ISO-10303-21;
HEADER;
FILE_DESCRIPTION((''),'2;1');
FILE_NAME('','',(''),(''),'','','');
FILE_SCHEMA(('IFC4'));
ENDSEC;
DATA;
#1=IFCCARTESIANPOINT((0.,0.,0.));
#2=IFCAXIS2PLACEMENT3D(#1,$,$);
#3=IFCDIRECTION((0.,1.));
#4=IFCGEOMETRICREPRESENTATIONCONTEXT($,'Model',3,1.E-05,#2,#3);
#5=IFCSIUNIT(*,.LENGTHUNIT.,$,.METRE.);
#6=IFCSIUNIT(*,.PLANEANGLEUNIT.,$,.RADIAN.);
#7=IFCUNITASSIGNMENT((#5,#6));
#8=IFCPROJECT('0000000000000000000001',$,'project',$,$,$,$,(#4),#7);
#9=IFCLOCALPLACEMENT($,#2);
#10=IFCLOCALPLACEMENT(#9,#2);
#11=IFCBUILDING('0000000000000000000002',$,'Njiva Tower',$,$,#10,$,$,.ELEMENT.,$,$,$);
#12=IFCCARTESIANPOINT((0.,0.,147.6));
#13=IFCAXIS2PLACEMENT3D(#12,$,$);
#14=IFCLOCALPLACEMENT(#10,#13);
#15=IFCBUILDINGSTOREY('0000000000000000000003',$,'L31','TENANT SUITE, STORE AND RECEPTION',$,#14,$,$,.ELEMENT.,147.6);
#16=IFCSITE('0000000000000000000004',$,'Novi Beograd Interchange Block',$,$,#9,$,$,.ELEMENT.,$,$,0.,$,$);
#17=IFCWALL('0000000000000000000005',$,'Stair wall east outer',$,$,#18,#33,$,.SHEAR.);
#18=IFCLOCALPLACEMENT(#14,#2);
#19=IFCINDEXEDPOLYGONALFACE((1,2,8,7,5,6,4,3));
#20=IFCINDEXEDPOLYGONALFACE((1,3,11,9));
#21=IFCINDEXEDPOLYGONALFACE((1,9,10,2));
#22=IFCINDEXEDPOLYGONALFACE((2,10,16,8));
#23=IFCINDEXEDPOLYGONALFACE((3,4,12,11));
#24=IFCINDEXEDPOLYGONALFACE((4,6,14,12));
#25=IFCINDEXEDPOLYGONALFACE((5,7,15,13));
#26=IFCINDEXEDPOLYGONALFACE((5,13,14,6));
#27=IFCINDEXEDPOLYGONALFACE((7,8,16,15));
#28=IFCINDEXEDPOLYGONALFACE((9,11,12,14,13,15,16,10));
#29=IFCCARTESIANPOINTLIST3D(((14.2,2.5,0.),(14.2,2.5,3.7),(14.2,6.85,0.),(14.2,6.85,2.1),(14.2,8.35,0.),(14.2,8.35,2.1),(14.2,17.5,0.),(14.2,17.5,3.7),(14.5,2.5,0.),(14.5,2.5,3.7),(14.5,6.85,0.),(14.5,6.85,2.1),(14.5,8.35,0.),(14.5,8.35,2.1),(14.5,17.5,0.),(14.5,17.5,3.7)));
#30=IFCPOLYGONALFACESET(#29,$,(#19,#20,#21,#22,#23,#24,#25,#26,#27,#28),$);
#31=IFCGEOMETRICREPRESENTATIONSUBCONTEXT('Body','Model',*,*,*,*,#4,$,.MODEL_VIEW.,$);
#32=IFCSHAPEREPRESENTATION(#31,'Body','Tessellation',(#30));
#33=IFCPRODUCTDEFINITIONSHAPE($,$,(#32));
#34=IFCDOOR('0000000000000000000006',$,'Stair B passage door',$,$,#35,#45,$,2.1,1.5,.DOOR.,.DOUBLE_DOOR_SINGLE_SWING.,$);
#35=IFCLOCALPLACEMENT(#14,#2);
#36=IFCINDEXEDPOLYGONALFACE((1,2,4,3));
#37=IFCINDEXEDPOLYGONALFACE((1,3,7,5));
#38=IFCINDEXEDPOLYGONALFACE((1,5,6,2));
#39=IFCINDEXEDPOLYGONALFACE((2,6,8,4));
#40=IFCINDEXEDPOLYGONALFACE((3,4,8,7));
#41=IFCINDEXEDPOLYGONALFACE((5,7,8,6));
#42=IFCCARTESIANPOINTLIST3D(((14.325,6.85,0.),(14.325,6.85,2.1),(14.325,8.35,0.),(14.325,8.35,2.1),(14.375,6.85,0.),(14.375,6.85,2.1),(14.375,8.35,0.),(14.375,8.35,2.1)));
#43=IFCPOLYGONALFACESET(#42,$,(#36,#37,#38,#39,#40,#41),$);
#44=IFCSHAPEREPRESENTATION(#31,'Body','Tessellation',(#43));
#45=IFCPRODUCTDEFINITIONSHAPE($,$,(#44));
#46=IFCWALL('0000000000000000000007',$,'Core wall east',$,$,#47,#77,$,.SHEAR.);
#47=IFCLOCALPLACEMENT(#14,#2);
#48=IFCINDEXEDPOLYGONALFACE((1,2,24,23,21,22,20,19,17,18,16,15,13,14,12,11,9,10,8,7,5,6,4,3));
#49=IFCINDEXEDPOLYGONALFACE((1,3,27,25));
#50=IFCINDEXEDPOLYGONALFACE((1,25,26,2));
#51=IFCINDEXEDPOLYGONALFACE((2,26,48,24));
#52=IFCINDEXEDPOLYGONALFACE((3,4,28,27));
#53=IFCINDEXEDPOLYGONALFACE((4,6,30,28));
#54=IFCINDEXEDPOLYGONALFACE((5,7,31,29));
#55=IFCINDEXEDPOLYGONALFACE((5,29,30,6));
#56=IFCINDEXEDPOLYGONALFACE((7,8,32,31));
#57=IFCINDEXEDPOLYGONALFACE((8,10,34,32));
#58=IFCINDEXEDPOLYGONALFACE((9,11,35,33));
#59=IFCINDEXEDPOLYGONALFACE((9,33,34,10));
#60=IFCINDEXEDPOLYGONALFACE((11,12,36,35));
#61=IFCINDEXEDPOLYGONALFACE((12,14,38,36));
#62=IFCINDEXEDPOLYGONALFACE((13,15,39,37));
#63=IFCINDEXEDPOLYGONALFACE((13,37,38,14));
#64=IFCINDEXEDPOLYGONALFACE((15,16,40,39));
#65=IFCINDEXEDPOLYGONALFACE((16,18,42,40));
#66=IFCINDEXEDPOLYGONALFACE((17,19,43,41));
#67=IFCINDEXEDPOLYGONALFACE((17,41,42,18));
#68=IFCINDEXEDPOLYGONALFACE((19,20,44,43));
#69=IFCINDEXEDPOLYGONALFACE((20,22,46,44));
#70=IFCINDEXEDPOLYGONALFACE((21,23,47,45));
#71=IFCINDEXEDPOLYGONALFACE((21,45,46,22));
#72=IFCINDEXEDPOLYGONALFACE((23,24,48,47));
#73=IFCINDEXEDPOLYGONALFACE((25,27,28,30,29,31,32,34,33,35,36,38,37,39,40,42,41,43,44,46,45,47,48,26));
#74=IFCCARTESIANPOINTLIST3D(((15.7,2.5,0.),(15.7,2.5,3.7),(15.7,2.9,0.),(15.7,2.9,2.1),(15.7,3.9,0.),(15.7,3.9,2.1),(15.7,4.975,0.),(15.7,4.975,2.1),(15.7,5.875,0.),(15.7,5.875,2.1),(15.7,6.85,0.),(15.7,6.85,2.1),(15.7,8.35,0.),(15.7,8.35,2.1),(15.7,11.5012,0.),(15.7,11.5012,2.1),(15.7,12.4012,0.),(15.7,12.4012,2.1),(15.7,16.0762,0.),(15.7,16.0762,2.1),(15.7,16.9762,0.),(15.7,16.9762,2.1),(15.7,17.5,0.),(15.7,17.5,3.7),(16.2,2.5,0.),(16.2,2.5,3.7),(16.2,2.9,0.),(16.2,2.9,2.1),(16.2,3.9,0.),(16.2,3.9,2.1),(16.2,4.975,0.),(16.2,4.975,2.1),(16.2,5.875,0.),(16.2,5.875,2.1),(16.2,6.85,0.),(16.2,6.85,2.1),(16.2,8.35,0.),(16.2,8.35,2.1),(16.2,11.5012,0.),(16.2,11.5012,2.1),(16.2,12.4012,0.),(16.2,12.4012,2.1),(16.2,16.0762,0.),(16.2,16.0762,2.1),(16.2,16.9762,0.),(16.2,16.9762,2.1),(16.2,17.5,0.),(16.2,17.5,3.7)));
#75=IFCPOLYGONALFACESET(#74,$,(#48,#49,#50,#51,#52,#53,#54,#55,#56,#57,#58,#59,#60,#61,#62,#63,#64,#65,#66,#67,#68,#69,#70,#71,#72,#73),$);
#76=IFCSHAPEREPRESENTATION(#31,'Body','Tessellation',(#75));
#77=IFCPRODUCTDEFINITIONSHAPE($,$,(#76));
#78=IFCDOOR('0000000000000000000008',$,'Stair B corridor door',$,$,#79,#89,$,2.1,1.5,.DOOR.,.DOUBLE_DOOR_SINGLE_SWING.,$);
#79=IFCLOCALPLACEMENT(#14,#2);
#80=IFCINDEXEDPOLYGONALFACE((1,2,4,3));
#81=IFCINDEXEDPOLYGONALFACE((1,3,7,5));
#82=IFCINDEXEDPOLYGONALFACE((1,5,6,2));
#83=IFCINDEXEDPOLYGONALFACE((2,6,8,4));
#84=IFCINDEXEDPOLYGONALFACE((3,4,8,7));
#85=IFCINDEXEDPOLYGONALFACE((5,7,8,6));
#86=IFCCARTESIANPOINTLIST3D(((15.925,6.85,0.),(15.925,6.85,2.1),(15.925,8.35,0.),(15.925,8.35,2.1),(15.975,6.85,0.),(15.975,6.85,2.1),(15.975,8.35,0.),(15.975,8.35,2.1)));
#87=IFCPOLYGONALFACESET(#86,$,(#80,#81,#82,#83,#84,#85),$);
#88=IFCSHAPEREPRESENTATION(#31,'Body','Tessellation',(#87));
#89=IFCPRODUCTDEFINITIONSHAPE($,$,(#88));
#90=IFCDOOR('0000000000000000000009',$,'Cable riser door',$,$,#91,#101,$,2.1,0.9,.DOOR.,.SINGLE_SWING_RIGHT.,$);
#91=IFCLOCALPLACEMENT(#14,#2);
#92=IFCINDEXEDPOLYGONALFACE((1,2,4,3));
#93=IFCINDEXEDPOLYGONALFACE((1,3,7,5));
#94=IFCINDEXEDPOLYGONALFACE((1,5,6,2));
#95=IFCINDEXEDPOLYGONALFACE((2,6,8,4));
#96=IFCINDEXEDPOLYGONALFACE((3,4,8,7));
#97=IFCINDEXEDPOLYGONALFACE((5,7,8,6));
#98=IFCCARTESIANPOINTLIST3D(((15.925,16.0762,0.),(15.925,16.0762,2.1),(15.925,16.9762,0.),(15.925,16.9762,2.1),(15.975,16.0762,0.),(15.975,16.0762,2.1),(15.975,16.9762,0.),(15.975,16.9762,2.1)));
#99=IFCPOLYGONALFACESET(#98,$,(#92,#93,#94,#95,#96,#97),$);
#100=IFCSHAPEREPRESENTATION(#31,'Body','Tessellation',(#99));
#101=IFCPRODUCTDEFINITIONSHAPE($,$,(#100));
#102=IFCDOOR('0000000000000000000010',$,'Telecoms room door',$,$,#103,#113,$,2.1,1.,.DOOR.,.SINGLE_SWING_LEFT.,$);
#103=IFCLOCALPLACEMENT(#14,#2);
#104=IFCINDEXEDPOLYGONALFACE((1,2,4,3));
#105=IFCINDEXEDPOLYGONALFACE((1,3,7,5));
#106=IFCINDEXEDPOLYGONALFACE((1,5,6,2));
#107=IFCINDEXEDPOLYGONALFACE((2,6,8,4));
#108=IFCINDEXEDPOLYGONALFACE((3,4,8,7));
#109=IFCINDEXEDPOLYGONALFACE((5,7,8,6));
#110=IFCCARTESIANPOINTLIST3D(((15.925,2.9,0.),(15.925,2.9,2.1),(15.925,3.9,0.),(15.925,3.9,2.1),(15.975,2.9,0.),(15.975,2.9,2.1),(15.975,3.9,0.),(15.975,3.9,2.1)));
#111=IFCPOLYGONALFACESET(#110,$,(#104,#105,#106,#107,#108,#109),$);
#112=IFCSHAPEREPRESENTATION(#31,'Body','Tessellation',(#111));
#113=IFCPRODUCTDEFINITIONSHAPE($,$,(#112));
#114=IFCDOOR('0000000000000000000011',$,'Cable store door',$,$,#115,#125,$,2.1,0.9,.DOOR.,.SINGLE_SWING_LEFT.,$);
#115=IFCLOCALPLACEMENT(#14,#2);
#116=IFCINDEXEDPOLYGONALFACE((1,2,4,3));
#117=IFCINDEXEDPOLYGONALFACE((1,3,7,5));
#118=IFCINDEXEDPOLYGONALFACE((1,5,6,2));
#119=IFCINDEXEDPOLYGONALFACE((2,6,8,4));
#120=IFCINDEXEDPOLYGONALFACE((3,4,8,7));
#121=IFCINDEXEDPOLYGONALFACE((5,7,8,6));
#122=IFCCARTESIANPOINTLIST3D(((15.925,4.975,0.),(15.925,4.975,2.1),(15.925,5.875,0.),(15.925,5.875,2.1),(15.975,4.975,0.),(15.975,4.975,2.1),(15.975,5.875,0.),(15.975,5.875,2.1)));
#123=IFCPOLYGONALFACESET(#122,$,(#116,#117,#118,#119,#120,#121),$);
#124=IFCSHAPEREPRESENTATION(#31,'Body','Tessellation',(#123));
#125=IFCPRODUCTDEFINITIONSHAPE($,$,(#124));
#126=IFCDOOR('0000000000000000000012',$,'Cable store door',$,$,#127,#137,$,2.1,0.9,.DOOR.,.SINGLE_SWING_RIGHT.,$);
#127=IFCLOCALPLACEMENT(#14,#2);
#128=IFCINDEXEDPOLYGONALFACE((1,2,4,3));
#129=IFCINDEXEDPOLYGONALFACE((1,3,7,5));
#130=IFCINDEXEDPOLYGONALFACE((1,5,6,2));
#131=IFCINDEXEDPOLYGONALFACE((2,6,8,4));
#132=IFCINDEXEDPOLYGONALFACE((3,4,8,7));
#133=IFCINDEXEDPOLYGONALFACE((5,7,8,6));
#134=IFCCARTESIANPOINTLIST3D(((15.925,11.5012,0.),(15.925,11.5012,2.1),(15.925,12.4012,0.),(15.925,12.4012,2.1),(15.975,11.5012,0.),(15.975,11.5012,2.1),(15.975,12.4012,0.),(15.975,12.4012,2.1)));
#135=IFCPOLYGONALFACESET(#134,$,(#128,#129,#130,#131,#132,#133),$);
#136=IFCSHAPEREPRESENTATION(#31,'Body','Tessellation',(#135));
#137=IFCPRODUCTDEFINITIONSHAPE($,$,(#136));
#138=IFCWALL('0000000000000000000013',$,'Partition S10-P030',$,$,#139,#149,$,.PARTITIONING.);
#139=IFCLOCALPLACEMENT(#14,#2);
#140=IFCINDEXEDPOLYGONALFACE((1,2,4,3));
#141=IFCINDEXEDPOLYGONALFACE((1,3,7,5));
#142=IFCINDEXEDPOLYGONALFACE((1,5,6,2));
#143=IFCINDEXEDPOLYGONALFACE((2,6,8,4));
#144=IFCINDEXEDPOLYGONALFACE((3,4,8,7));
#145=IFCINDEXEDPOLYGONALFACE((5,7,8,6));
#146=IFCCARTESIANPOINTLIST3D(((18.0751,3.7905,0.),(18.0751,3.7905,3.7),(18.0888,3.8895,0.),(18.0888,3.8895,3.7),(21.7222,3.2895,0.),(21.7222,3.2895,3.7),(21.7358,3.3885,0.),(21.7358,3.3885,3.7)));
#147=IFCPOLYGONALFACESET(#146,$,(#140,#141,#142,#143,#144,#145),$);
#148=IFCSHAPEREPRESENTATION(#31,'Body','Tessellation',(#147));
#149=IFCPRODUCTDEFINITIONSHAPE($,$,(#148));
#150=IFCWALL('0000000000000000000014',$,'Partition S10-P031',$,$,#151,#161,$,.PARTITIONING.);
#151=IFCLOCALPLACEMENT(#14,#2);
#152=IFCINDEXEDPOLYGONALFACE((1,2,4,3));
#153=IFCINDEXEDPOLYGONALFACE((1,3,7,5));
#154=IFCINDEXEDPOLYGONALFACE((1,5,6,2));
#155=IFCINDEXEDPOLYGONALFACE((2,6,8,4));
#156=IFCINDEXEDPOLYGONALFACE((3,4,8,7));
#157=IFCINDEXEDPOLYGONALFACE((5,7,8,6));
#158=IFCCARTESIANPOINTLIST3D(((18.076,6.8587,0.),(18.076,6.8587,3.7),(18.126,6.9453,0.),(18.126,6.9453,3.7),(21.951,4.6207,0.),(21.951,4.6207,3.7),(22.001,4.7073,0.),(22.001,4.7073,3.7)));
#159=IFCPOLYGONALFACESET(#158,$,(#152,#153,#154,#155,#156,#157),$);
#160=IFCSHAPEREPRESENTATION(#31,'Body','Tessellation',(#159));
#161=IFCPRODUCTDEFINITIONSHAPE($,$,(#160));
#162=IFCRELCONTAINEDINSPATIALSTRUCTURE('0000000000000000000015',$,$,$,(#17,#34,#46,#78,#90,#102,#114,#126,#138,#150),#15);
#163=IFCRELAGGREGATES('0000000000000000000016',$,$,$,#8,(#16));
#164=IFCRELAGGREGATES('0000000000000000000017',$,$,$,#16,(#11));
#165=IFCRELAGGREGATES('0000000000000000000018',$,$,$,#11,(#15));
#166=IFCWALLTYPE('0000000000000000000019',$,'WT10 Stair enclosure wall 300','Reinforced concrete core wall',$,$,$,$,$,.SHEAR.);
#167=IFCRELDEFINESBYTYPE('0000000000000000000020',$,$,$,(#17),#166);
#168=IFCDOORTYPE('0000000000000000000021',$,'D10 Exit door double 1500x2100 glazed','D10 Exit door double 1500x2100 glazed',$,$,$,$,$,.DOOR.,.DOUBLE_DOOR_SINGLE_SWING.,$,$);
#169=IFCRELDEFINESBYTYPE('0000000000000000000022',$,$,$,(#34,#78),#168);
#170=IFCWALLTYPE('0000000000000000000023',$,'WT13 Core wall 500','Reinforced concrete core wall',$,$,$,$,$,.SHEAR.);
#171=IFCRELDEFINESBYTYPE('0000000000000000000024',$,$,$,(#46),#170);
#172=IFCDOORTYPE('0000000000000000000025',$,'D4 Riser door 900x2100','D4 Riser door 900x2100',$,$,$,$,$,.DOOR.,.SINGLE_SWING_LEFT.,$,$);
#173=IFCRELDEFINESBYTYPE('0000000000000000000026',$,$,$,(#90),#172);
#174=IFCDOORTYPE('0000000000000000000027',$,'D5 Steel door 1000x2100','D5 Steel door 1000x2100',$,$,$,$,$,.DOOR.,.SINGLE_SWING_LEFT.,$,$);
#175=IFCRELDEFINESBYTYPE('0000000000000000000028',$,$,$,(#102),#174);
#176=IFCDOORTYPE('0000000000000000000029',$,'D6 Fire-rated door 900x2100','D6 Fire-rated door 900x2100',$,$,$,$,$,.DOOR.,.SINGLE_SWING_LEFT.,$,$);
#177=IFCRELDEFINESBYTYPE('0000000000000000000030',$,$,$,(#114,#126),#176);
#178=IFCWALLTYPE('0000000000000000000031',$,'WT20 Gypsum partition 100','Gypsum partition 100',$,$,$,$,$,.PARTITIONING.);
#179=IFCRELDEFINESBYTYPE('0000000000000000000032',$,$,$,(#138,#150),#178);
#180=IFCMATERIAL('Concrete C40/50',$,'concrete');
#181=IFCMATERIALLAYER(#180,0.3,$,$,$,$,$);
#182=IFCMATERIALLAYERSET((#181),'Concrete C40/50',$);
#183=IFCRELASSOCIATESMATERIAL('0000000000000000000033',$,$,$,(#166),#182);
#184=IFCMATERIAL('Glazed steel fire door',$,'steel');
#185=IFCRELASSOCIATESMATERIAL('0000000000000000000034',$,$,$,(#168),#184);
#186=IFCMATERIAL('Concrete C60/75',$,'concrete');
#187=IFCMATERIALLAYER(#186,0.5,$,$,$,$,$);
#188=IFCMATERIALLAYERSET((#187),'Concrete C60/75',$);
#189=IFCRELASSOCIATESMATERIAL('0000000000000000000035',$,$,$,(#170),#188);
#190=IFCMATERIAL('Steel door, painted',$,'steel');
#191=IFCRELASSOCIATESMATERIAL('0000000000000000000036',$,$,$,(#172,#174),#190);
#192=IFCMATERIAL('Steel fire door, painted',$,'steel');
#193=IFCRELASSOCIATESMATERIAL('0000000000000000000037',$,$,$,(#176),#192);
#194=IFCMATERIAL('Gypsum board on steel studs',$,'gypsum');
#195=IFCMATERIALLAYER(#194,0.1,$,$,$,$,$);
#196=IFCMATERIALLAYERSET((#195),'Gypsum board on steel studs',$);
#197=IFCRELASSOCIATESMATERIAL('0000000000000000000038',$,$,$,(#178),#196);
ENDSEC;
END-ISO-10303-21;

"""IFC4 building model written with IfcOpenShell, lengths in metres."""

from ifc_helpers import new_model, si_unit, direction, frame, frame_2d, origin, place, context, subcontext, project, spatial, rectangle, extrude, material, layer, layer_set, type_object, element, fill, save


model = new_model("IFC4")

# Units and contexts
model_context = context("Model", 3, precision=1e-05, world=origin(), true_north=direction((0.0, 1.0)))
body_context = subcontext(model_context, "Body", "Model", "MODEL_VIEW")
ifc_project = project(units=[si_unit("LENGTHUNIT", "METRE"), si_unit("PLANEANGLEUNIT", "RADIAN")], contexts=[model_context])

# Site, building, storey
site_placement = place(None, origin())
site = spatial("IfcSite", under=ifc_project, at=site_placement, Name="Novi Beograd Interchange Block", CompositionType="ELEMENT", RefElevation=0.0)
building_placement = place(site_placement, origin())
building = spatial("IfcBuilding", under=site, at=building_placement, Name="Njiva Tower", CompositionType="ELEMENT")
storey_placement = place(building_placement, frame((0.0, 0.0, 147.6)))
storey = spatial("IfcBuildingStorey", under=building, at=storey_placement, Name="L31", Description="TENANT SUITE, STORE AND RECEPTION", CompositionType="ELEMENT", Elevation=147.6)

# Wall, opening, door
ifc_material_1 = material(Name="Concrete C40/50", Category="concrete")
ifc_layer_1 = layer(ifc_material_1, 0.3)
ifc_layer_set_1 = layer_set([ifc_layer_1], Name="Concrete C40/50")
wall_type_1 = type_object("IfcWallType", Name="WT10 Stair enclosure wall 300", Description="Reinforced concrete core wall", PredefinedType="SHEAR", material=ifc_layer_set_1)
wall_1_placement = place(storey_placement, frame((14.35, 2.5, 0.0), z_axis=(0.0, 0.0, 1.0), x_axis=(0.0, 1.0, 0.0)))
wall_1 = element("IfcWall", 1, at=wall_1_placement, inside=storey, type_object=wall_type_1, Name="Stair wall east outer", PredefinedType="SHEAR", context=body_context, shape_type="SweptSolid", body=[
    extrude(rectangle(XDim=15.0, YDim=0.3, at=frame_2d((7.5, 0.0))), origin(), (0.0, 0.0, 1.0), 3.7),
])
opening_1_placement = place(wall_1_placement, frame((4.35, 0.0, 0.0)))
opening_1 = element("IfcOpeningElement", 2, at=opening_1_placement, cuts=wall_1, PredefinedType="OPENING", context=body_context, shape_type="SweptSolid", body=[
    extrude(rectangle(XDim=1.5, YDim=2.1, at=frame_2d((0.75, 1.05))), frame((0.0, 0.16, 0.0), z_axis=(0.0, -1.0, 0.0), x_axis=(1.0, 0.0, 0.0)), (0.0, 0.0, 1.0), 0.32),
])
ifc_material_2 = material(Name="Glazed steel fire door", Category="steel")
door_type_1 = type_object("IfcDoorType", Name="D10 Exit door double 1500x2100 glazed", Description="D10 Exit door double 1500x2100 glazed", OperationType="DOUBLE_DOOR_SINGLE_SWING", PredefinedType="DOOR", material=ifc_material_2)
door_1_placement = place(opening_1_placement, origin())
door_1 = element("IfcDoor", 3, at=door_1_placement, inside=storey, type_object=door_type_1, Name="Stair B passage door", OperationType="DOUBLE_DOOR_SINGLE_SWING", OverallHeight=2.1, OverallWidth=1.5, PredefinedType="DOOR", context=body_context, shape_type="SweptSolid", body=[
    extrude(rectangle(XDim=1.5, YDim=2.1, at=frame_2d((0.75, 1.05))), frame((0.0, 0.025, 0.0), z_axis=(0.0, -1.0, 0.0), x_axis=(1.0, 0.0, 0.0)), (0.0, 0.0, 1.0), 0.05),
])
fill(opening_1, door_1)

# Wall, openings, doors
ifc_material_3 = material(Name="Concrete C60/75", Category="concrete")
ifc_layer_2 = layer(ifc_material_3, 0.5)
ifc_layer_set_2 = layer_set([ifc_layer_2], Name="Concrete C60/75")
wall_type_2 = type_object("IfcWallType", Name="WT13 Core wall 500", Description="Reinforced concrete core wall", PredefinedType="SHEAR", material=ifc_layer_set_2)
wall_2_placement = place(storey_placement, frame((15.95, 2.5, 0.0), z_axis=(0.0, 0.0, 1.0), x_axis=(0.0, 1.0, 0.0)))
wall_2 = element("IfcWall", 4, at=wall_2_placement, inside=storey, type_object=wall_type_2, Name="Core wall east", PredefinedType="SHEAR", context=body_context, shape_type="SweptSolid", body=[
    extrude(rectangle(XDim=15.0, YDim=0.5, at=frame_2d((7.5, 0.0))), origin(), (0.0, 0.0, 1.0), 3.7),
])
opening_2_placement = place(wall_2_placement, frame((4.35, 0.0, 0.0)))
opening_2 = element("IfcOpeningElement", 5, at=opening_2_placement, cuts=wall_2, PredefinedType="OPENING", context=body_context, shape_type="SweptSolid", body=[
    extrude(rectangle(XDim=1.5, YDim=2.1, at=frame_2d((0.75, 1.05))), frame((0.0, 0.26, 0.0), z_axis=(0.0, -1.0, 0.0), x_axis=(1.0, 0.0, 0.0)), (0.0, 0.0, 1.0), 0.52),
])
opening_3_placement = place(wall_2_placement, frame((0.4, 0.0, 0.0)))
opening_3 = element("IfcOpeningElement", 6, at=opening_3_placement, cuts=wall_2, PredefinedType="OPENING", context=body_context, shape_type="SweptSolid", body=[
    extrude(rectangle(XDim=1.0, YDim=2.1, at=frame_2d((0.5, 1.05))), frame((0.0, 0.26, 0.0), z_axis=(0.0, -1.0, 0.0), x_axis=(1.0, 0.0, 0.0)), (0.0, 0.0, 1.0), 0.52),
])
opening_4_placement = place(wall_2_placement, frame((2.475, 0.0, 0.0)))
opening_4 = element("IfcOpeningElement", 7, at=opening_4_placement, cuts=wall_2, PredefinedType="OPENING", context=body_context, shape_type="SweptSolid", body=[
    extrude(rectangle(XDim=0.9, YDim=2.1, at=frame_2d((0.45, 1.05))), frame((0.0, 0.26, 0.0), z_axis=(0.0, -1.0, 0.0), x_axis=(1.0, 0.0, 0.0)), (0.0, 0.0, 1.0), 0.52),
])
opening_5_placement = place(wall_2_placement, frame((9.0012, 0.0, 0.0)))
opening_5 = element("IfcOpeningElement", 8, at=opening_5_placement, cuts=wall_2, PredefinedType="OPENING", context=body_context, shape_type="SweptSolid", body=[
    extrude(rectangle(XDim=0.9, YDim=2.1, at=frame_2d((0.45, 1.05))), frame((0.0, 0.26, 0.0), z_axis=(0.0, -1.0, 0.0), x_axis=(1.0, 0.0, 0.0)), (0.0, 0.0, 1.0), 0.52),
])
opening_6_placement = place(wall_2_placement, frame((13.5762, 0.0, 0.0)))
opening_6 = element("IfcOpeningElement", 9, at=opening_6_placement, cuts=wall_2, PredefinedType="OPENING", context=body_context, shape_type="SweptSolid", body=[
    extrude(rectangle(XDim=0.9, YDim=2.1, at=frame_2d((0.45, 1.05))), frame((0.0, 0.26, 0.0), z_axis=(0.0, -1.0, 0.0), x_axis=(1.0, 0.0, 0.0)), (0.0, 0.0, 1.0), 0.52),
])
door_2_placement = place(opening_2_placement, origin())
door_2 = element("IfcDoor", 10, at=door_2_placement, inside=storey, type_object=door_type_1, Name="Stair B corridor door", OperationType="DOUBLE_DOOR_SINGLE_SWING", OverallHeight=2.1, OverallWidth=1.5, PredefinedType="DOOR", context=body_context, shape_type="SweptSolid", body=[
    extrude(rectangle(XDim=1.5, YDim=2.1, at=frame_2d((0.75, 1.05))), frame((0.0, 0.025, 0.0), z_axis=(0.0, -1.0, 0.0), x_axis=(1.0, 0.0, 0.0)), (0.0, 0.0, 1.0), 0.05),
])
fill(opening_2, door_2)
ifc_material_4 = material(Name="Steel door, painted", Category="steel")
door_type_2 = type_object("IfcDoorType", Name="D4 Riser door 900x2100", Description="D4 Riser door 900x2100", OperationType="SINGLE_SWING_LEFT", PredefinedType="DOOR", material=ifc_material_4)
door_3_placement = place(opening_6_placement, origin())
door_3 = element("IfcDoor", 11, at=door_3_placement, inside=storey, type_object=door_type_2, Name="Cable riser door", OperationType="SINGLE_SWING_RIGHT", OverallHeight=2.1, OverallWidth=0.9, PredefinedType="DOOR", context=body_context, shape_type="SweptSolid", body=[
    extrude(rectangle(XDim=0.9, YDim=2.1, at=frame_2d((0.45, 1.05))), frame((0.0, 0.025, 0.0), z_axis=(0.0, -1.0, 0.0), x_axis=(1.0, 0.0, 0.0)), (0.0, 0.0, 1.0), 0.05),
])
fill(opening_6, door_3)
door_type_3 = type_object("IfcDoorType", Name="D5 Steel door 1000x2100", Description="D5 Steel door 1000x2100", OperationType="SINGLE_SWING_LEFT", PredefinedType="DOOR", material=ifc_material_4)
door_4_placement = place(opening_3_placement, origin())
door_4 = element("IfcDoor", 12, at=door_4_placement, inside=storey, type_object=door_type_3, Name="Telecoms room door", OperationType="SINGLE_SWING_LEFT", OverallHeight=2.1, OverallWidth=1.0, PredefinedType="DOOR", context=body_context, shape_type="SweptSolid", body=[
    extrude(rectangle(XDim=1.0, YDim=2.1, at=frame_2d((0.5, 1.05))), frame((0.0, 0.025, 0.0), z_axis=(0.0, -1.0, 0.0), x_axis=(1.0, 0.0, 0.0)), (0.0, 0.0, 1.0), 0.05),
])
fill(opening_3, door_4)
ifc_material_5 = material(Name="Steel fire door, painted", Category="steel")
door_type_4 = type_object("IfcDoorType", Name="D6 Fire-rated door 900x2100", Description="D6 Fire-rated door 900x2100", OperationType="SINGLE_SWING_LEFT", PredefinedType="DOOR", material=ifc_material_5)
door_5_placement = place(opening_4_placement, origin())
door_5 = element("IfcDoor", 13, at=door_5_placement, inside=storey, type_object=door_type_4, Name="Cable store door", OperationType="SINGLE_SWING_LEFT", OverallHeight=2.1, OverallWidth=0.9, PredefinedType="DOOR", context=body_context, shape_type="SweptSolid", body=[
    extrude(rectangle(XDim=0.9, YDim=2.1, at=frame_2d((0.45, 1.05))), frame((0.0, 0.025, 0.0), z_axis=(0.0, -1.0, 0.0), x_axis=(1.0, 0.0, 0.0)), (0.0, 0.0, 1.0), 0.05),
])
fill(opening_4, door_5)
door_6_placement = place(opening_5_placement, origin())
door_6 = element("IfcDoor", 14, at=door_6_placement, inside=storey, type_object=door_type_4, Name="Cable store door", OperationType="SINGLE_SWING_RIGHT", OverallHeight=2.1, OverallWidth=0.9, PredefinedType="DOOR", context=body_context, shape_type="SweptSolid", body=[
    extrude(rectangle(XDim=0.9, YDim=2.1, at=frame_2d((0.45, 1.05))), frame((0.0, 0.025, 0.0), z_axis=(0.0, -1.0, 0.0), x_axis=(1.0, 0.0, 0.0)), (0.0, 0.0, 1.0), 0.05),
])
fill(opening_5, door_6)

# Walls
ifc_material_6 = material(Name="Gypsum board on steel studs", Category="gypsum")
ifc_layer_3 = layer(ifc_material_6, 0.1)
ifc_layer_set_3 = layer_set([ifc_layer_3], Name="Gypsum board on steel studs")
wall_type_3 = type_object("IfcWallType", Name="WT20 Gypsum partition 100", Description="Gypsum partition 100", PredefinedType="PARTITIONING", material=ifc_layer_set_3)
wall_3_placement = place(storey_placement, frame((18.082, 3.84, 0.0), z_axis=(0.0, 0.0, 1.0), x_axis=(0.990696, -0.136095, 0.0)))
element("IfcWall", 15, at=wall_3_placement, inside=storey, type_object=wall_type_3, Name="Partition S10-P030", PredefinedType="PARTITIONING", context=body_context, shape_type="SweptSolid", body=[
    extrude(rectangle(XDim=3.6813, YDim=0.1, at=frame_2d((1.8406, 0.0))), origin(), (0.0, 0.0, 1.0), 3.7),
])
wall_4_placement = place(storey_placement, frame((18.101, 6.902, 0.0), z_axis=(0.0, 0.0, 1.0), x_axis=(0.865951, -0.500129, 0.0)))
element("IfcWall", 16, at=wall_4_placement, inside=storey, type_object=wall_type_3, Name="Partition S10-P031", PredefinedType="PARTITIONING", context=body_context, shape_type="SweptSolid", body=[
    extrude(rectangle(XDim=4.4748, YDim=0.1, at=frame_2d((2.2374, 0.0))), origin(), (0.0, 0.0, 1.0), 3.7),
])

save(model, "model.ifc")
